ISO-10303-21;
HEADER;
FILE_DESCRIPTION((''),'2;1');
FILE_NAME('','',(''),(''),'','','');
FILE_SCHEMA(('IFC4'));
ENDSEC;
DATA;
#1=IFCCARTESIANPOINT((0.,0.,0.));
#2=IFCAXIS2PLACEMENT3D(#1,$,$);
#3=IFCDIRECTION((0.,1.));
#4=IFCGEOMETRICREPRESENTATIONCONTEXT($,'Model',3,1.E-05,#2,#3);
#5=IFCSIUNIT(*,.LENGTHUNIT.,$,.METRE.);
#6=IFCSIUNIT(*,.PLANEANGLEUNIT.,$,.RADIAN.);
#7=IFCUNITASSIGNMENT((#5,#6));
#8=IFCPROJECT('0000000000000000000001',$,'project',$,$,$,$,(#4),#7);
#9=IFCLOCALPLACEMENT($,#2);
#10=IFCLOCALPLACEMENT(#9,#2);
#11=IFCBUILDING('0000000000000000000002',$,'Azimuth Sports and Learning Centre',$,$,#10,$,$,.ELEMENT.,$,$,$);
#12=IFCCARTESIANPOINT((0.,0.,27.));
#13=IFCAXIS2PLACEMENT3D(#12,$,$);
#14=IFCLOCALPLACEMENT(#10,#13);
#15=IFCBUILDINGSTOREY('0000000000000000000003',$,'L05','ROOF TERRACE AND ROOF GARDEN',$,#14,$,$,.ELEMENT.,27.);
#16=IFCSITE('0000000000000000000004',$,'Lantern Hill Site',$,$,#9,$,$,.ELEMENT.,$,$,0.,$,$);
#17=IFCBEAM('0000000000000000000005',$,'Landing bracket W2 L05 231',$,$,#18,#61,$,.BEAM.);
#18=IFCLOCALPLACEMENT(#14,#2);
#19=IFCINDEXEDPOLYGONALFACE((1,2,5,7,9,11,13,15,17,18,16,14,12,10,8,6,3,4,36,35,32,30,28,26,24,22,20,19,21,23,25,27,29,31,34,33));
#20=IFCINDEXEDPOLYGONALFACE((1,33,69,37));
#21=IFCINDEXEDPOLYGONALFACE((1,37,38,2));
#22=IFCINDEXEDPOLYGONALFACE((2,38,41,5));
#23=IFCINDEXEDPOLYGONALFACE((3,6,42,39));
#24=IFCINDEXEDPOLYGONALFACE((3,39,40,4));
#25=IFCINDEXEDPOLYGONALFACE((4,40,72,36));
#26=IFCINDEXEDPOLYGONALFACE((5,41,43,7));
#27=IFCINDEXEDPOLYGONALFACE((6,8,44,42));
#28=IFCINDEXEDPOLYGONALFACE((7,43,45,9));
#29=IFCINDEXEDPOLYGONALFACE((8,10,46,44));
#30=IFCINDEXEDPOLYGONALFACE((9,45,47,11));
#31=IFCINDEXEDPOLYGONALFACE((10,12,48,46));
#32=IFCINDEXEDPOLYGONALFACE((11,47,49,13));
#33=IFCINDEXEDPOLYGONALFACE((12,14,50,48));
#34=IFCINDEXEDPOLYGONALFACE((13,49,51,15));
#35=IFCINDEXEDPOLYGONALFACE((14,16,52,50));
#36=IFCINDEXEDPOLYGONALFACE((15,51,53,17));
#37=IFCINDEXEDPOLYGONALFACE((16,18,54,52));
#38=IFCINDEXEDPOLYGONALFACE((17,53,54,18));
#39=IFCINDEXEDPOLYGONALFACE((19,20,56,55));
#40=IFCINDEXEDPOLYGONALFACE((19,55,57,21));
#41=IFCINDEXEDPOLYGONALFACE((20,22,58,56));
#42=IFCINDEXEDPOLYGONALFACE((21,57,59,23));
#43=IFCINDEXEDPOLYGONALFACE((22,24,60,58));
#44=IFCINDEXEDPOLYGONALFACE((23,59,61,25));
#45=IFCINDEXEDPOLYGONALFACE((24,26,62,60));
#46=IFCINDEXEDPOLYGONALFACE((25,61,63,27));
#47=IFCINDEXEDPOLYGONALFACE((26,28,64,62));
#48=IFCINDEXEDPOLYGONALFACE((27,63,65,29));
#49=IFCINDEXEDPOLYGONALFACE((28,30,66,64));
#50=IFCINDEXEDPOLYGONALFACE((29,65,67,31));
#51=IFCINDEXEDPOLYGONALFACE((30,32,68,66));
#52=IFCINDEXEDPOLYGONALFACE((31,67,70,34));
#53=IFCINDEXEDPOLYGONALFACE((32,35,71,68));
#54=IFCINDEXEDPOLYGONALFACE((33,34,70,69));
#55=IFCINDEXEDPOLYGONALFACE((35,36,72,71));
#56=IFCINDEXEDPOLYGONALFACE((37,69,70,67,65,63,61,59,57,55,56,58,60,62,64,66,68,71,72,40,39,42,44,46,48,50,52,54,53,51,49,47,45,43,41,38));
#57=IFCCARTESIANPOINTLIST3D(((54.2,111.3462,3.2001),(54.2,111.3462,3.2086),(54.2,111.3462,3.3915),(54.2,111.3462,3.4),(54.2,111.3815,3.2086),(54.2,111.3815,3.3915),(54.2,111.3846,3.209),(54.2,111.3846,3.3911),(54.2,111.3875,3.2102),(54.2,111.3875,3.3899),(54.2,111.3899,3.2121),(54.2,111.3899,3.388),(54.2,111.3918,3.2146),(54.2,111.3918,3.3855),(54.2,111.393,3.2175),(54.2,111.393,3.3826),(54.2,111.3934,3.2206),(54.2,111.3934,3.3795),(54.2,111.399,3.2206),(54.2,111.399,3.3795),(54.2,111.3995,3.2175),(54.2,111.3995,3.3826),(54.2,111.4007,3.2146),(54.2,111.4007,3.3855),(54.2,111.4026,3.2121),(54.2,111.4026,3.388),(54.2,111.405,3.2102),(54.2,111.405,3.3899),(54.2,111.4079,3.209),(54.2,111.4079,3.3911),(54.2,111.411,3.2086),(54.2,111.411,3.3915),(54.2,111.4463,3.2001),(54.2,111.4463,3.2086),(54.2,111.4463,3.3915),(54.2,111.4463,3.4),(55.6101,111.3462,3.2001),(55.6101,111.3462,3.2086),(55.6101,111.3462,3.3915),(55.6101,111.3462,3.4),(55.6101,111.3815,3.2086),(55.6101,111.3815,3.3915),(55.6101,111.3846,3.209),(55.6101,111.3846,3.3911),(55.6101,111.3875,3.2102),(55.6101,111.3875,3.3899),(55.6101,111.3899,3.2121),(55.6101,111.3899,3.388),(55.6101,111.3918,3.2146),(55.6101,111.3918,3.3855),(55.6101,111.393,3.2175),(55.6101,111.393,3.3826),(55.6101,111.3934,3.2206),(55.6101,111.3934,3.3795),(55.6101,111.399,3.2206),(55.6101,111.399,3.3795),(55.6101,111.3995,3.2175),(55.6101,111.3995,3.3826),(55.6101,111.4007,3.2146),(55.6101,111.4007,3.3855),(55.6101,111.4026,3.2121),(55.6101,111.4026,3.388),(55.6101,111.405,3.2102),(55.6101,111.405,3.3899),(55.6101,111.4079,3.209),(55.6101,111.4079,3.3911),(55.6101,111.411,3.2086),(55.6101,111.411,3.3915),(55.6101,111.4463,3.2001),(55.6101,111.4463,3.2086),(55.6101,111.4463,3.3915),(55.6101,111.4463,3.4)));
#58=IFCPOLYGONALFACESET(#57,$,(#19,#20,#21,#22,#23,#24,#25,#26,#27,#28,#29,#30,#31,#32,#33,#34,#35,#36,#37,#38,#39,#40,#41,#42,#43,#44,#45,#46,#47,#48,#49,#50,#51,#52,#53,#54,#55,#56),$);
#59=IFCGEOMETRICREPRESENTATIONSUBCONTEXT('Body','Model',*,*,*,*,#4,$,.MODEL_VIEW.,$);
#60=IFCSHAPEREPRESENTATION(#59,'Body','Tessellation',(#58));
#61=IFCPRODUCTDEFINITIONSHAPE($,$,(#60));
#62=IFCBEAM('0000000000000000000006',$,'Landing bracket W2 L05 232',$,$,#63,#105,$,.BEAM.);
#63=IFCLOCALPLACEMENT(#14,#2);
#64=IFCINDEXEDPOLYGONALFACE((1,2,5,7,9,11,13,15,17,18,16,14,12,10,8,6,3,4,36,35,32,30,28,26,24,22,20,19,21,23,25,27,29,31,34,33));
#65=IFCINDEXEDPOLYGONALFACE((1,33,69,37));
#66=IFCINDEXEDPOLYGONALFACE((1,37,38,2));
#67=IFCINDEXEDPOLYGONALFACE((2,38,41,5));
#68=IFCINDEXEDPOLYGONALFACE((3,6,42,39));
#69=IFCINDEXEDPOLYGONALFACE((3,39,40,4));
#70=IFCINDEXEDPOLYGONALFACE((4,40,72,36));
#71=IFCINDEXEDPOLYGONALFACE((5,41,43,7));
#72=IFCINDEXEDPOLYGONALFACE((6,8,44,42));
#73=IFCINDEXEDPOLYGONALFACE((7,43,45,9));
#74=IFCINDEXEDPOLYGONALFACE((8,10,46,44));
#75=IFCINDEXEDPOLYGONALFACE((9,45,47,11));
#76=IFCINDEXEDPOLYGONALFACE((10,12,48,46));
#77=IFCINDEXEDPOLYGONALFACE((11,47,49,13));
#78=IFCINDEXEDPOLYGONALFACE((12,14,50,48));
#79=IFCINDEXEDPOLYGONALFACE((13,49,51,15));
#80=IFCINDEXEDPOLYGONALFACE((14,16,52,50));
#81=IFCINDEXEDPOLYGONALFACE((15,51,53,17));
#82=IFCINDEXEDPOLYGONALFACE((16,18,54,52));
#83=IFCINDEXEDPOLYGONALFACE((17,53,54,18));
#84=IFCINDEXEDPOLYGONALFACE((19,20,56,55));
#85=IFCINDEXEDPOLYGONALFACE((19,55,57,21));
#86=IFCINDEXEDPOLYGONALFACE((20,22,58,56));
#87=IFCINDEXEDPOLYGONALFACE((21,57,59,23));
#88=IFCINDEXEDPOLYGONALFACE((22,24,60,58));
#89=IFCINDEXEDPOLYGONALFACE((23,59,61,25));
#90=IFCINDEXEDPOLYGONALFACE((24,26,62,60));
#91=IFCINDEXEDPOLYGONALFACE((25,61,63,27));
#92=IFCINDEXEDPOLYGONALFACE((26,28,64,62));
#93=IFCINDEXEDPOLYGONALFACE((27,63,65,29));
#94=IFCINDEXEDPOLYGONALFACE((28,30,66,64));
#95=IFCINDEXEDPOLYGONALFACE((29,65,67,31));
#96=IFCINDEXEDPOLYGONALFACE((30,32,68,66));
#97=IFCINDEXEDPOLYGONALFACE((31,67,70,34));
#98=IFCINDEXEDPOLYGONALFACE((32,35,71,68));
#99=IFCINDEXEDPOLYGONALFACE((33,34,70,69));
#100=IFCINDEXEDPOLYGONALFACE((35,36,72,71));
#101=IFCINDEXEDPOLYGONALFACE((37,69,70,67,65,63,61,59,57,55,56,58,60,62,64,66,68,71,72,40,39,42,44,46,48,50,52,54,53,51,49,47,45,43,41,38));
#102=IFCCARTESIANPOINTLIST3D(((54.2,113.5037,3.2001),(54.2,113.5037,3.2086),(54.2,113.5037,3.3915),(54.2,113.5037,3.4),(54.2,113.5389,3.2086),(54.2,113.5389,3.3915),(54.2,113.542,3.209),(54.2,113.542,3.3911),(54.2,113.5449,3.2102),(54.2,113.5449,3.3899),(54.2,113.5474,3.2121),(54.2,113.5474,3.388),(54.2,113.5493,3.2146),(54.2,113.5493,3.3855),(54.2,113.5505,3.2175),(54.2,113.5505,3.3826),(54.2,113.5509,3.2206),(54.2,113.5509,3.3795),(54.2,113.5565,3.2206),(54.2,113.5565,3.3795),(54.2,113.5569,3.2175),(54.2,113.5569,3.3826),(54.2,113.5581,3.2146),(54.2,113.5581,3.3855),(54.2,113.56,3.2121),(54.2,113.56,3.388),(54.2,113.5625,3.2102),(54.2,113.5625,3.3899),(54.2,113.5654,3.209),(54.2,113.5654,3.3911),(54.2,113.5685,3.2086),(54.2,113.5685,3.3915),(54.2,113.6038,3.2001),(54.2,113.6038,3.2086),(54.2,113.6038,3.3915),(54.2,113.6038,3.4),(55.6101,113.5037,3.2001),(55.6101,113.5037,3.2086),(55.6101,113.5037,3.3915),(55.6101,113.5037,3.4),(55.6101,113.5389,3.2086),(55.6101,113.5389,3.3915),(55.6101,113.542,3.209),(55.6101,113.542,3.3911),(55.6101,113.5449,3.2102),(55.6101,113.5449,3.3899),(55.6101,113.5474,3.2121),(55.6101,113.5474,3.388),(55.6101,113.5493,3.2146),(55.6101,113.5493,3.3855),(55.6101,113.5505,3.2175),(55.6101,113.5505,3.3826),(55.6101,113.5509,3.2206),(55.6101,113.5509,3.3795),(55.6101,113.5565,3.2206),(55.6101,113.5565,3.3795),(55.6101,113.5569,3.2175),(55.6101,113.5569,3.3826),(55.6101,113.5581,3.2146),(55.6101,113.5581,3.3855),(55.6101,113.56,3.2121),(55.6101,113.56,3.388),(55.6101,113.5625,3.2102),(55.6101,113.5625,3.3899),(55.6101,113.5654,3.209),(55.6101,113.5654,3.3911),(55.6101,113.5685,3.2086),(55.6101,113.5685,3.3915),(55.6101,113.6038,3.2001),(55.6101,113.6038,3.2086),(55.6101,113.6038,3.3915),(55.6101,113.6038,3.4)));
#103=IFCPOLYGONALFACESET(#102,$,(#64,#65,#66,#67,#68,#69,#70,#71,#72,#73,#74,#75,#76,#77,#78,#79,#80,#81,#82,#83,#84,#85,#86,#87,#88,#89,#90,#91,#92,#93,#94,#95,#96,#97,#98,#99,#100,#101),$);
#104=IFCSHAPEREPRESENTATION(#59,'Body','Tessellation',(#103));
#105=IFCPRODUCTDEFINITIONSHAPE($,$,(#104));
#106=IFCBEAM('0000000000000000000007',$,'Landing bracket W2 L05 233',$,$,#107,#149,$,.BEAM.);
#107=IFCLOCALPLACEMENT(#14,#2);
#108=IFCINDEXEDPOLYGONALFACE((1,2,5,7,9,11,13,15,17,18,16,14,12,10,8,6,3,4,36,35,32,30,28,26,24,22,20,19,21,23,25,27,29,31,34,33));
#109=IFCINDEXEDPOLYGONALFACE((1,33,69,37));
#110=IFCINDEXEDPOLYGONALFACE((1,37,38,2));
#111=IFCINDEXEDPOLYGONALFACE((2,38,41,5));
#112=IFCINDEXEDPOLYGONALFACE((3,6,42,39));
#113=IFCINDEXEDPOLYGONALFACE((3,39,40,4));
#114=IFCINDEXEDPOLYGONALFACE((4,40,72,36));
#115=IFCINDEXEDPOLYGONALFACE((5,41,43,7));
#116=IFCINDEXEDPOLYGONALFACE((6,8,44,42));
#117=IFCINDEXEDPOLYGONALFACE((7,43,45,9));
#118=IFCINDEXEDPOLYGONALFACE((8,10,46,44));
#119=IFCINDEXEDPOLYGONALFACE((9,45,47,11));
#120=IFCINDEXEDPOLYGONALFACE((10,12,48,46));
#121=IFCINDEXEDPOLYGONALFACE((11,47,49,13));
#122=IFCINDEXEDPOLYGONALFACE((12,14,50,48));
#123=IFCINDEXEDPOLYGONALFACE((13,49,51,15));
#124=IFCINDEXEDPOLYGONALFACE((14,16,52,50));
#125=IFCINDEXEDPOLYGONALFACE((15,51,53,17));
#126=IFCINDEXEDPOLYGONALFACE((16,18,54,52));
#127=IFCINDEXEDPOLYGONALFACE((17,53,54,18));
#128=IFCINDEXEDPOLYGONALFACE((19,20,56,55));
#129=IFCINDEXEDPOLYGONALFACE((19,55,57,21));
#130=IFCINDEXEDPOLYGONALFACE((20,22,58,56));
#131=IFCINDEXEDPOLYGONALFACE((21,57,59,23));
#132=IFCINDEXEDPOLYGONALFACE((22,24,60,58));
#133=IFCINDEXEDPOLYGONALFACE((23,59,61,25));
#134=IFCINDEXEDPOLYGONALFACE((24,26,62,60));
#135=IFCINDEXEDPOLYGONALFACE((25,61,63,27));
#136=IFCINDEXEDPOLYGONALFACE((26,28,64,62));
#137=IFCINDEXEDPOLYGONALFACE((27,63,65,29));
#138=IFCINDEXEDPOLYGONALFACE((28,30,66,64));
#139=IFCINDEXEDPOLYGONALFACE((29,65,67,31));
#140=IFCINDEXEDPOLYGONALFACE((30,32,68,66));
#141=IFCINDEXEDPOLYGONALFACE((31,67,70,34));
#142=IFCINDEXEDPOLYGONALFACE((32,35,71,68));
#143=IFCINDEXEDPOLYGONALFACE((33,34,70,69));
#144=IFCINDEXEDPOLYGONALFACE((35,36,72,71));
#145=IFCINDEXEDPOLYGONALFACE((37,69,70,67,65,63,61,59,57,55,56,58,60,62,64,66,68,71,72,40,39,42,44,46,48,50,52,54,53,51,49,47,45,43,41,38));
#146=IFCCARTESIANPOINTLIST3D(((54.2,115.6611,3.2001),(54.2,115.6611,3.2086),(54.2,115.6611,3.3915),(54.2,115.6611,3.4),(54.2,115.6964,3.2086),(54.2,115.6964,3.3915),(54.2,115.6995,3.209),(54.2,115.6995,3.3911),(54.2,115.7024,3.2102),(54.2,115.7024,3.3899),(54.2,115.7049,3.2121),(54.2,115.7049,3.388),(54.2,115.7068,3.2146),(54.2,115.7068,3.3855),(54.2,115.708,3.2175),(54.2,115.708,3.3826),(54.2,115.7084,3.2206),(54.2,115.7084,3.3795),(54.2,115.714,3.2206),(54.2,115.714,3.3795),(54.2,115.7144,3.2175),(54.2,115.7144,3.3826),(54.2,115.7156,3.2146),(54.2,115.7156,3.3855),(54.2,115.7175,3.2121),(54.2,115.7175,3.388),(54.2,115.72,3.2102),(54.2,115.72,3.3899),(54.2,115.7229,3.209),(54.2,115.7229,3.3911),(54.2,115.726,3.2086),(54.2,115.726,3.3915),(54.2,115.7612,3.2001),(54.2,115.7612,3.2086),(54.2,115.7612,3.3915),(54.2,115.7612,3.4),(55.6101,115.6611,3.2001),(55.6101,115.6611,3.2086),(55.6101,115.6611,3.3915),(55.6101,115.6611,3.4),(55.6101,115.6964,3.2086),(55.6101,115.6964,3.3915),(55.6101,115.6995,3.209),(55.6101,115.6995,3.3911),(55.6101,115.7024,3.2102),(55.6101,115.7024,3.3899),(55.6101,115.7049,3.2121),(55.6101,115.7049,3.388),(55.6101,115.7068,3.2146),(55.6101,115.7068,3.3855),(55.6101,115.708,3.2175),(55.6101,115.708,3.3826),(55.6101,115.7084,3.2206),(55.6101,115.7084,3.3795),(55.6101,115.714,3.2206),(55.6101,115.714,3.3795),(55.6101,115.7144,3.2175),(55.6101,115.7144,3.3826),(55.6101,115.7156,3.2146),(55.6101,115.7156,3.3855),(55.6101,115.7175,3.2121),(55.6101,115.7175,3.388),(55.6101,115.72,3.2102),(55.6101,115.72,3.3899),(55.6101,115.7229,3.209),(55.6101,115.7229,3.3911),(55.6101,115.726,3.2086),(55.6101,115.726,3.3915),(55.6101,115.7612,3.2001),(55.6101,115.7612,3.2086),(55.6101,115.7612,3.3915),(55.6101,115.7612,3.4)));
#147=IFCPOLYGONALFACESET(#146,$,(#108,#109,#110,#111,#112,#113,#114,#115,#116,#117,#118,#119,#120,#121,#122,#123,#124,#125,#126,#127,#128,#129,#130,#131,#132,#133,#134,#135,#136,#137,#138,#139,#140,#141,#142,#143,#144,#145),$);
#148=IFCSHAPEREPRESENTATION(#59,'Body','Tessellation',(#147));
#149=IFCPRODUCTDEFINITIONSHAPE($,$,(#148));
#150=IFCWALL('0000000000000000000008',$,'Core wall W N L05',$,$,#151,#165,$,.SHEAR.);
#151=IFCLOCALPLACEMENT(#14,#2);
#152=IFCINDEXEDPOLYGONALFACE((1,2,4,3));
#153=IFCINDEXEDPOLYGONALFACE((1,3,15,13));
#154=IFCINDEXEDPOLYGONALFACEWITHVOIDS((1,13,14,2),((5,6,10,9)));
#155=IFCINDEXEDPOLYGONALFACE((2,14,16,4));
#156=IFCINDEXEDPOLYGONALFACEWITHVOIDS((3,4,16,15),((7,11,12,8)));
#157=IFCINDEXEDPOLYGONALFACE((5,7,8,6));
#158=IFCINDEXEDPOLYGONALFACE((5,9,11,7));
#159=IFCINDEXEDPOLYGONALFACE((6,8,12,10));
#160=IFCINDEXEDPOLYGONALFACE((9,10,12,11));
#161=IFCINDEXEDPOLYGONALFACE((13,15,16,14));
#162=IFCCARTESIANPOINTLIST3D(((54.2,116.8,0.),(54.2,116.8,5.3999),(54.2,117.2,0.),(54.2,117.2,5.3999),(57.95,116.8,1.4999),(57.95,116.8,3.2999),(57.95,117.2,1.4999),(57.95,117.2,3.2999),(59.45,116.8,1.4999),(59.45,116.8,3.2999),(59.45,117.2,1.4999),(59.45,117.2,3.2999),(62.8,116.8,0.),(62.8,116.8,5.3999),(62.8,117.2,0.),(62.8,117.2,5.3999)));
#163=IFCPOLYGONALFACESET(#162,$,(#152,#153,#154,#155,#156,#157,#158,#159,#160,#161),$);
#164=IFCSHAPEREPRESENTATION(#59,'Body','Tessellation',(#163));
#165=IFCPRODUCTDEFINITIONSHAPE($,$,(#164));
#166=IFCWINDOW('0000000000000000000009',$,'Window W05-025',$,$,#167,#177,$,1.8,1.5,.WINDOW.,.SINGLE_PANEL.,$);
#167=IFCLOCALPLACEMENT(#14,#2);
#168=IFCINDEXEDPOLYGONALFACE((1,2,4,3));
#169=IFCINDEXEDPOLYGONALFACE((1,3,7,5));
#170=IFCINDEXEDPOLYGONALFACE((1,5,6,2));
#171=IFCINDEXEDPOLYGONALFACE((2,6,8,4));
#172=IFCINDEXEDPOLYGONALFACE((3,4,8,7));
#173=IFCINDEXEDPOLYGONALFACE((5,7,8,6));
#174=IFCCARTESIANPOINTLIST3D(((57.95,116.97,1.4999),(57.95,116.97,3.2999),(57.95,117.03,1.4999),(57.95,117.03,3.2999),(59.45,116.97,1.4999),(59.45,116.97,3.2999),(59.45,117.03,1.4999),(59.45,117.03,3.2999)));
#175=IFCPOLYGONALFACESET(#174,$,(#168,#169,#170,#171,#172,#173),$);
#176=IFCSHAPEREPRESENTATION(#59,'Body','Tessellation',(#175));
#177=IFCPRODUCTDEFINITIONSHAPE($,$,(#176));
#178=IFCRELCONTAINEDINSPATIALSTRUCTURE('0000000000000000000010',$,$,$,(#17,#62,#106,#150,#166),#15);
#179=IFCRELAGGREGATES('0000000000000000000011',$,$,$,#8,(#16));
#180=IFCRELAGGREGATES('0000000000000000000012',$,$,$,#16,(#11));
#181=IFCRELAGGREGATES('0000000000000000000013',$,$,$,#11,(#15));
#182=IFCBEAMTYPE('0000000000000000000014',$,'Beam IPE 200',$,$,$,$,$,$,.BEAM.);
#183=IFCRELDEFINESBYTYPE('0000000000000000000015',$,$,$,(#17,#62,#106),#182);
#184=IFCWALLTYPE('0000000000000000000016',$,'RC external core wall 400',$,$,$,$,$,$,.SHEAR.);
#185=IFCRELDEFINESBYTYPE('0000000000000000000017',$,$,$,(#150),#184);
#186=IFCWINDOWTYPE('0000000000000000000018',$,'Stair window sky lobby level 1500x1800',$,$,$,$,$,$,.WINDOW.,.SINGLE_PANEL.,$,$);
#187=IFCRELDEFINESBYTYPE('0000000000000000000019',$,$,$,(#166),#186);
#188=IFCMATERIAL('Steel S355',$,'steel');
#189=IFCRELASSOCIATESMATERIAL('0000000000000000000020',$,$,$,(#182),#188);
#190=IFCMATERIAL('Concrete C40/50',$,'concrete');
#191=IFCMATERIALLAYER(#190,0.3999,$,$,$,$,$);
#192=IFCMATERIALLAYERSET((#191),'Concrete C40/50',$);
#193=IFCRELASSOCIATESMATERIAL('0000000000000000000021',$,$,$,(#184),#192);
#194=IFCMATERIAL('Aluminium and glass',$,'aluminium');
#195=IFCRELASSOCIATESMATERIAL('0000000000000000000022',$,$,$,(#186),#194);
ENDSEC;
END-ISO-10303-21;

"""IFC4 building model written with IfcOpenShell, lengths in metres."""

from ifc_helpers import new_model, si_unit, direction, frame, frame_2d, origin, origin_2d, place, context, subcontext, project, spatial, rectangle, i_section, extrude, material, layer, layer_set, material_profile, profile_set, type_object, element, fill, save


model = new_model("IFC4")

# Units and contexts
model_context = context("Model", 3, precision=1e-05, world=origin(), true_north=direction((0.0, 1.0)))
body_context = subcontext(model_context, "Body", "Model", "MODEL_VIEW")
ifc_project = project(units=[si_unit("LENGTHUNIT", "METRE"), si_unit("PLANEANGLEUNIT", "RADIAN")], contexts=[model_context])

# Site, building, storey
site_placement = place(None, origin())
site = spatial("IfcSite", under=ifc_project, at=site_placement, Name="Lantern Hill Site", CompositionType="ELEMENT", RefElevation=0.0)
building_placement = place(site_placement, origin())
building = spatial("IfcBuilding", under=site, at=building_placement, Name="Azimuth Sports and Learning Centre", CompositionType="ELEMENT")
storey_placement = place(building_placement, frame((0.0, 0.0, 27.0)))
storey = spatial("IfcBuildingStorey", under=building, at=storey_placement, Name="L05", Description="ROOF TERRACE AND ROOF GARDEN", CompositionType="ELEMENT", Elevation=27.0)

# Beams
ifc_material_1 = material(Name="Steel S355", Category="steel")
ifc_material_profile = material_profile(ifc_material_1, i_section(OverallWidth=0.1001, OverallDepth=0.2, WebThickness=0.0056, FlangeThickness=0.0085, FilletRadius=0.012, at=origin_2d()), Name="IPE 200")
ifc_profile_set = profile_set([ifc_material_profile], Name="Steel S355")
beam_type = type_object("IfcBeamType", Name="Beam IPE 200", PredefinedType="BEAM", material=ifc_profile_set)
for number, where, z_axis, x_axis, name in (
    (1, (54.2, 111.3962, 3.3), (1.0, 0.0, 0.0), (0.0, 1.0, 0.0), "Landing bracket W2 L05 231"),
    (2, (54.2, 113.5537, 3.3), (1.0, 0.0, 0.0), (0.0, 1.0, 0.0), "Landing bracket W2 L05 232"),
    (3, (54.2, 115.7112, 3.3), (1.0, 0.0, 0.0), (0.0, 1.0, 0.0), "Landing bracket W2 L05 233"),
):
    element("IfcBeam", number, at=place(storey_placement, frame(where, z_axis=z_axis, x_axis=x_axis)), inside=storey, type_object=beam_type, Name=name, PredefinedType="BEAM", context=body_context, shape_type="SweptSolid", body=[
        extrude(i_section(OverallWidth=0.1001, OverallDepth=0.2, WebThickness=0.0056, FlangeThickness=0.0085, FilletRadius=0.012, at=origin_2d()), origin(), (0.0, 0.0, 1.0), 1.4102),
    ])

# Wall, opening, window
ifc_material_2 = material(Name="Concrete C40/50", Category="concrete")
ifc_layer_1 = layer(ifc_material_2, 0.3999)
ifc_layer_set_1 = layer_set([ifc_layer_1], Name="Concrete C40/50")
wall_type = type_object("IfcWallType", Name="RC external core wall 400", PredefinedType="SHEAR", material=ifc_layer_set_1)
wall_placement = place(storey_placement, frame((54.2, 117.0, 0.0), z_axis=(0.0, 0.0, 1.0), x_axis=(1.0, 0.0, 0.0)))
wall = element("IfcWall", 4, at=wall_placement, inside=storey, type_object=wall_type, Name="Core wall W N L05", PredefinedType="SHEAR", context=body_context, shape_type="SweptSolid", body=[
    extrude(rectangle(XDim=8.6001, YDim=0.3999, at=frame_2d((4.3, 0.0))), origin(), (0.0, 0.0, 1.0), 5.3999),
])
opening_placement = place(wall_placement, frame((3.75, 0.0, 1.5)))
opening = element("IfcOpeningElement", 5, at=opening_placement, cuts=wall, PredefinedType="OPENING", context=body_context, shape_type="SweptSolid", body=[
    extrude(rectangle(XDim=1.5, YDim=1.8, at=frame_2d((0.75, 0.8999))), frame((0.0, 0.2109, 0.0), z_axis=(0.0, -1.0, 0.0), x_axis=(1.0, 0.0, 0.0)), (0.0, 0.0, 1.0), 0.4219),
])
ifc_material_3 = material(Name="Aluminium and glass", Category="aluminium")
window_type = type_object("IfcWindowType", Name="Stair window sky lobby level 1500x1800", PartitioningType="SINGLE_PANEL", PredefinedType="WINDOW", material=ifc_material_3)
window_placement = place(opening_placement, origin())
window = element("IfcWindow", 6, at=window_placement, inside=storey, type_object=window_type, Name="Window W05-025", OverallHeight=1.8, OverallWidth=1.5, PartitioningType="SINGLE_PANEL", PredefinedType="WINDOW", context=body_context, shape_type="SweptSolid", body=[
    extrude(rectangle(XDim=1.5, YDim=1.8, at=frame_2d((0.75, 0.8999))), frame((0.0, 0.03, 0.0), z_axis=(0.0, -1.0, 0.0), x_axis=(1.0, 0.0, 0.0)), (0.0, 0.0, 1.0), 0.0601),
])
fill(opening, window)

save(model, "model.ifc")
